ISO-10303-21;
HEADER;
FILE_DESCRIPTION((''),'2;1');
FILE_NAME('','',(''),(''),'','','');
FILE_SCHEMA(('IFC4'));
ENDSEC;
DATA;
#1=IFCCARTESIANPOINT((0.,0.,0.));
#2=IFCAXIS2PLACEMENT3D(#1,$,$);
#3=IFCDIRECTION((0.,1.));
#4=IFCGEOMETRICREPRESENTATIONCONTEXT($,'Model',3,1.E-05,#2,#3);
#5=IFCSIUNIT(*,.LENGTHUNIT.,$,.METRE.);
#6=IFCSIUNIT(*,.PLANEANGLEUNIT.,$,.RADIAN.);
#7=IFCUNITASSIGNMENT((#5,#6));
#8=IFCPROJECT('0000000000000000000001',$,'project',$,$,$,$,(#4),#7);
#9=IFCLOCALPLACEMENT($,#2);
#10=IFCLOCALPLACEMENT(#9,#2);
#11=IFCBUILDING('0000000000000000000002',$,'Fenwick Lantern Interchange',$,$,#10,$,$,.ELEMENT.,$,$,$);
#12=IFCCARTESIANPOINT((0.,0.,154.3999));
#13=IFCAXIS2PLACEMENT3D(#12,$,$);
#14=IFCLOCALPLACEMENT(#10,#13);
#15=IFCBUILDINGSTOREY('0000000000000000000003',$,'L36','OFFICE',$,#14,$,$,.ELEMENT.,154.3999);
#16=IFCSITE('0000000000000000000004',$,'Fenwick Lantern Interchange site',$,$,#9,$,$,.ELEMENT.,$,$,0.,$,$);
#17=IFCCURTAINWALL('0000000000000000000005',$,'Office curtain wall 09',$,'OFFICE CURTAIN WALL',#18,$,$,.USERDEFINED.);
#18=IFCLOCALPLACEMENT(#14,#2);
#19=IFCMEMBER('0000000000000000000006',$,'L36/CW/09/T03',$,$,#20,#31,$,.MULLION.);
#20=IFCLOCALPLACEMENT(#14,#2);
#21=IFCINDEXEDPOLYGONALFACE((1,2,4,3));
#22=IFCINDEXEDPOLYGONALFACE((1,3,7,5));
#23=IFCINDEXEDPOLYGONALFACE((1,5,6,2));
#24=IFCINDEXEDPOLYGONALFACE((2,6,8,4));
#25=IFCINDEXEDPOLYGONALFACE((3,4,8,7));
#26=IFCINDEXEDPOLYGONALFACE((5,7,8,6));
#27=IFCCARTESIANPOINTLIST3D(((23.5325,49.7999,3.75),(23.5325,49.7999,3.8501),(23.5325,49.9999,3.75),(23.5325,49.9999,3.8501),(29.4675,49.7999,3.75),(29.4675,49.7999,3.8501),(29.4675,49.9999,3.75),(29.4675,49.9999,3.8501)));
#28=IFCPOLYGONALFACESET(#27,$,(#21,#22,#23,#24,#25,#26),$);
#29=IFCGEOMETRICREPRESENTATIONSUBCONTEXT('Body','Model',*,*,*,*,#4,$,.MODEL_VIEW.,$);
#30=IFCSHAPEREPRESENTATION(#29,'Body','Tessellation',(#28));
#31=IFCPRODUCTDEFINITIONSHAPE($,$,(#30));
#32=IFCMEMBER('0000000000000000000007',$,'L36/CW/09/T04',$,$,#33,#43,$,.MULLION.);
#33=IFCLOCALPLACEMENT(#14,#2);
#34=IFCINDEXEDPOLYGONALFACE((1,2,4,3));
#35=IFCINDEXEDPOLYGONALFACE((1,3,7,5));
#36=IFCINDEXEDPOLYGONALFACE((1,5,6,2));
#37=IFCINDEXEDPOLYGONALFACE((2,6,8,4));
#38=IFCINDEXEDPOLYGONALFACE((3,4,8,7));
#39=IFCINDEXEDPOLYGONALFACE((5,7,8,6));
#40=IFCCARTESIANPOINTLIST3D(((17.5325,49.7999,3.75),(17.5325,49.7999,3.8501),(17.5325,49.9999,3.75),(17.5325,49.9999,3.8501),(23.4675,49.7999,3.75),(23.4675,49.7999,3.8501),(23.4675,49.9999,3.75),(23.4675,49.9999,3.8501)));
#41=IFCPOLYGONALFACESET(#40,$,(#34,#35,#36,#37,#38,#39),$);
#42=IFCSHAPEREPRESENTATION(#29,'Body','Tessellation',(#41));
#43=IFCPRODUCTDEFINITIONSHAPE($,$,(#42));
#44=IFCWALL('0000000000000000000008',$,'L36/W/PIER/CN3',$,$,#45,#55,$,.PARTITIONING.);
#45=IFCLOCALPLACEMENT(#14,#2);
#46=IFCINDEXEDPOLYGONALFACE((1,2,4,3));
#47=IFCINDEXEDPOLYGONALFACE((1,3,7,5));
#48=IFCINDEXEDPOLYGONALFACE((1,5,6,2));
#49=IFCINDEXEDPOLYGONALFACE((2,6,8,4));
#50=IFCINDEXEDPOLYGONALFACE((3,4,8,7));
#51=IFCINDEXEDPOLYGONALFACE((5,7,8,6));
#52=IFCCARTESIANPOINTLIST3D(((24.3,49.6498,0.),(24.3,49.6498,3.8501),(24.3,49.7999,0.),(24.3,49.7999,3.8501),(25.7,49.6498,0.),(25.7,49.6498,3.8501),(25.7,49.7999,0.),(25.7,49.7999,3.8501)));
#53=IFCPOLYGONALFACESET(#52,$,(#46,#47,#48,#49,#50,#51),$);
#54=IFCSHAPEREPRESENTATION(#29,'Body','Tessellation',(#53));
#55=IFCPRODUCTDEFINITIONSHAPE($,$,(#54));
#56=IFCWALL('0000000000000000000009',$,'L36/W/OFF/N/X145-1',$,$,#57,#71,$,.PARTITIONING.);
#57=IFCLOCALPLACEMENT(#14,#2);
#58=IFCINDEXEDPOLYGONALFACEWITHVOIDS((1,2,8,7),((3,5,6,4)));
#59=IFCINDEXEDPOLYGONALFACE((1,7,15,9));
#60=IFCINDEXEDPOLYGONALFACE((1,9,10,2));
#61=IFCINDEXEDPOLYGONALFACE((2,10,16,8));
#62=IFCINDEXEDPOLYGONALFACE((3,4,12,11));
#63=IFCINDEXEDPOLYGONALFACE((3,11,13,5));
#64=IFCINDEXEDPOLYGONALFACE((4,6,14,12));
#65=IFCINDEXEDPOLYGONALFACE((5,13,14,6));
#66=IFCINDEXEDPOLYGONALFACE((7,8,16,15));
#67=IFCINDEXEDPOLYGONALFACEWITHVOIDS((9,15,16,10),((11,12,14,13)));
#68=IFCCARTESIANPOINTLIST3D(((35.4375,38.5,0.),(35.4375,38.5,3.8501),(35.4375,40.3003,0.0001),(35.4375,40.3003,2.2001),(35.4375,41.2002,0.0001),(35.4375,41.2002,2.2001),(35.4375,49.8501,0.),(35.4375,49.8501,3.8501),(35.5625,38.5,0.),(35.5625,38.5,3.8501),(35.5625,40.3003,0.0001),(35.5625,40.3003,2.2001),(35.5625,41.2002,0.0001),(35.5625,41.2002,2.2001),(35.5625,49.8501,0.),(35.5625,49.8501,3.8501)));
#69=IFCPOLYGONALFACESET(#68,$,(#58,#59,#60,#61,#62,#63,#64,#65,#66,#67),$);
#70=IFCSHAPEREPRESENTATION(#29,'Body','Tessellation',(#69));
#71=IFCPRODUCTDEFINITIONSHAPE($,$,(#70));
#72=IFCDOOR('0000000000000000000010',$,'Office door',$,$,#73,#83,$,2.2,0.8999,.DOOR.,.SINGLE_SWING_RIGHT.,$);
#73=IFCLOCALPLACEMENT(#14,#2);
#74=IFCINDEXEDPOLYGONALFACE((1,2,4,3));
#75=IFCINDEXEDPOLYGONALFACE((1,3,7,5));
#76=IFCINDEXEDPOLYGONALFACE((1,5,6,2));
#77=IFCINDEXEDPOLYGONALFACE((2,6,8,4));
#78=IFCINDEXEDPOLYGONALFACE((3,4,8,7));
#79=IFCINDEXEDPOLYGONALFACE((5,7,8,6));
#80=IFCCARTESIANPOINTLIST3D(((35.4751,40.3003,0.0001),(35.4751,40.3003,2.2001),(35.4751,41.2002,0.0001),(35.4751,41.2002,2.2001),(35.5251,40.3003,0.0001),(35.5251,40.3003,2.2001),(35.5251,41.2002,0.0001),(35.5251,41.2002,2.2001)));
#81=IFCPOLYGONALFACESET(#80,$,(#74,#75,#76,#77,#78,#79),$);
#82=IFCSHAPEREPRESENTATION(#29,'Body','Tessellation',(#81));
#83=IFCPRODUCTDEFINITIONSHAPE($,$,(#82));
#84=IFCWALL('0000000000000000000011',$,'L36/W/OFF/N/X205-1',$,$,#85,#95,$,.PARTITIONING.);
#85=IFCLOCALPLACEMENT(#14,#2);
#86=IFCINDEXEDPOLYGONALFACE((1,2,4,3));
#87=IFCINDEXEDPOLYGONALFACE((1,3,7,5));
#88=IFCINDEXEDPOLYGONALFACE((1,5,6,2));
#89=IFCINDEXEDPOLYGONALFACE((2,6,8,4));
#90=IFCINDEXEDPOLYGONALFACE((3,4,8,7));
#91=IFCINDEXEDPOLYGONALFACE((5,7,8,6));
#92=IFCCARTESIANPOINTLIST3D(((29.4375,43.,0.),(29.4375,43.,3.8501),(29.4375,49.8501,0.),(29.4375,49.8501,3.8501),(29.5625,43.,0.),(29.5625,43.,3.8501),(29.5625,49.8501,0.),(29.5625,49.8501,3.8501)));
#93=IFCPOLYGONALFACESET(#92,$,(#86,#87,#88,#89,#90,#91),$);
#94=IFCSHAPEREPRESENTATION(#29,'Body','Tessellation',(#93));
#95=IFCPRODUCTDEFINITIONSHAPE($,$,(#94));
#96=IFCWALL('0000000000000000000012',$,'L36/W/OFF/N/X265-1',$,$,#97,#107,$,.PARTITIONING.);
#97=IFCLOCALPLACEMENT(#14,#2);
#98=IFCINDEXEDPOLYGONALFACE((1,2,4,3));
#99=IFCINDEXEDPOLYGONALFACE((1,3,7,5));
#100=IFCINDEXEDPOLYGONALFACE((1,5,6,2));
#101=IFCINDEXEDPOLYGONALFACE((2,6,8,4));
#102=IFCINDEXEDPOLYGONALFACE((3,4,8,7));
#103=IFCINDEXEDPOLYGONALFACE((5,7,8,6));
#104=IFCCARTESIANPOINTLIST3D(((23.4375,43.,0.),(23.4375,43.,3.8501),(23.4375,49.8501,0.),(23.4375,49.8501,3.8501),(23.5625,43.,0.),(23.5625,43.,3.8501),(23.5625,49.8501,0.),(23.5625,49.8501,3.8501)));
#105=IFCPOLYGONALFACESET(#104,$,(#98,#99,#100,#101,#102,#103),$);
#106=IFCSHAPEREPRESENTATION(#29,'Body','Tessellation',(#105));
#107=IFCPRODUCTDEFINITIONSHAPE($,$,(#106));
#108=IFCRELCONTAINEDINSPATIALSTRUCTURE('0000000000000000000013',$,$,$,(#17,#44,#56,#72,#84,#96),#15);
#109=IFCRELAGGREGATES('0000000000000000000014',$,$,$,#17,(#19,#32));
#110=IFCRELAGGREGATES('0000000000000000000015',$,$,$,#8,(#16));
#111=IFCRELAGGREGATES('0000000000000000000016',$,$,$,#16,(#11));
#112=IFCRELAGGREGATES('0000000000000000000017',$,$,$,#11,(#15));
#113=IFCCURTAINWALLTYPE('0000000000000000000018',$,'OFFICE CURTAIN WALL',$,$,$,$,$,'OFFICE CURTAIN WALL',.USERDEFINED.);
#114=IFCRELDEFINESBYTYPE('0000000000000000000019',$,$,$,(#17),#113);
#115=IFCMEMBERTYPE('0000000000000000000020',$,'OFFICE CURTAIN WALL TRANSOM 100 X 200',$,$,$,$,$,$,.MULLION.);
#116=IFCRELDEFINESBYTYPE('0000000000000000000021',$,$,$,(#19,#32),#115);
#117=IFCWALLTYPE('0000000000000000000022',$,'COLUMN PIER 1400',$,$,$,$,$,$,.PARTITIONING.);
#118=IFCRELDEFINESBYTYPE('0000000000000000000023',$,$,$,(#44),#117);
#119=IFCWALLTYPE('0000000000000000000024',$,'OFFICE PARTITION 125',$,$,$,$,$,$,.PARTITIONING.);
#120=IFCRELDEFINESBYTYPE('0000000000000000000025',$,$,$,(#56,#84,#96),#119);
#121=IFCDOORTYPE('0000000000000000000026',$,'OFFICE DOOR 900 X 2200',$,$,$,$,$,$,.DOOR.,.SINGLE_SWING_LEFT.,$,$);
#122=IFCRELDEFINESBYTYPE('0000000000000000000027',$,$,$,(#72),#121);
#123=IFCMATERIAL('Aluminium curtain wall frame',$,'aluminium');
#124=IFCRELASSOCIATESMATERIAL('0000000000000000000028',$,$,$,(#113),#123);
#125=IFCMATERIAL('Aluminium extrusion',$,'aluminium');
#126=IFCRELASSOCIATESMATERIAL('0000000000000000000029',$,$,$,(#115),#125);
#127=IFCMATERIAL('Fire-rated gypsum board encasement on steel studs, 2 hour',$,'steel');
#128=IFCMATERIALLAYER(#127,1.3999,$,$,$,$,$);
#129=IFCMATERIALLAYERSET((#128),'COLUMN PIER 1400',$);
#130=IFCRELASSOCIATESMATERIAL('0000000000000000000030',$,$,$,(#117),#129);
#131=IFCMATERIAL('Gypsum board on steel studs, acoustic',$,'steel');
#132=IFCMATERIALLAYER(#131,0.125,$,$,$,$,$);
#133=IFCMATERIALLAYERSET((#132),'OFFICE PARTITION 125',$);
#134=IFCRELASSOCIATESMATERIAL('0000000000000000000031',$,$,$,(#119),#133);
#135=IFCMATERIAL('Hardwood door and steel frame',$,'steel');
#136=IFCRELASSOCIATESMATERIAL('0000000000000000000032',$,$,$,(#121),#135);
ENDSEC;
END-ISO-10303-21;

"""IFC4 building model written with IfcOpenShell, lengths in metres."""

from ifc_helpers import new_model, si_unit, direction, frame, frame_2d, origin, origin_2d, place, context, subcontext, project, spatial, rectangle, extrude, material, layer, layer_set, material_profile, profile_set, type_object, element, fill, aggregate, save


model = new_model("IFC4")

# Units and contexts
model_context = context("Model", 3, precision=1e-05, world=origin(), true_north=direction((0.0, 1.0)))
body_context = subcontext(model_context, "Body", "Model", "MODEL_VIEW")
ifc_project = project(units=[si_unit("LENGTHUNIT", "METRE"), si_unit("PLANEANGLEUNIT", "RADIAN")], contexts=[model_context])

# Site, building, storey
site_placement = place(None, origin())
site = spatial("IfcSite", under=ifc_project, at=site_placement, Name="Fenwick Lantern Interchange site", CompositionType="ELEMENT", RefElevation=0.0)
building_placement = place(site_placement, origin())
building = spatial("IfcBuilding", under=site, at=building_placement, Name="Fenwick Lantern Interchange", CompositionType="ELEMENT")
storey_placement = place(building_placement, frame((0.0, 0.0, 154.3999)))
storey = spatial("IfcBuildingStorey", under=building, at=storey_placement, Name="L36", Description="OFFICE", CompositionType="ELEMENT", Elevation=154.3999)

# Curtain wall, members
ifc_material_1 = material(Name="Aluminium curtain wall frame", Category="aluminium")
curtain_wall_type = type_object("IfcCurtainWallType", Name="OFFICE CURTAIN WALL", ElementType="OFFICE CURTAIN WALL", PredefinedType="USERDEFINED", material=ifc_material_1)
curtain_wall_placement = place(storey_placement, origin())
curtain_wall = element("IfcCurtainWall", 1, at=curtain_wall_placement, inside=storey, type_object=curtain_wall_type, Name="Office curtain wall 09", ObjectType="OFFICE CURTAIN WALL", PredefinedType="USERDEFINED")
ifc_material_2 = material(Name="Aluminium extrusion", Category="aluminium")
ifc_material_profile_1 = material_profile(ifc_material_2, rectangle(XDim=0.2, YDim=0.1001, at=origin_2d()), Name="OFFICE CURTAIN WALL TRANSOM 100 X 200")
ifc_profile_set_1 = profile_set([ifc_material_profile_1], Name="Aluminium extrusion")
member_type_1 = type_object("IfcMemberType", Name="OFFICE CURTAIN WALL TRANSOM 100 X 200", PredefinedType="MULLION", material=ifc_profile_set_1)
member_1_placement = place(storey_placement, frame((29.4675, 49.8999, 3.8), z_axis=(-1.0, 0.0, 0.0), x_axis=(0.0, -1.0, 0.0)))
member_1 = element("IfcMember", 2, at=member_1_placement, type_object=member_type_1, Name="L36/CW/09/T03", PredefinedType="MULLION", context=body_context, shape_type="SweptSolid", body=[
    extrude(rectangle(XDim=0.2, YDim=0.1001, at=origin_2d()), origin(), (0.0, 0.0, 1.0), 5.9351),
])
member_2_placement = place(storey_placement, frame((23.4675, 49.8999, 3.8), z_axis=(-1.0, 0.0, 0.0), x_axis=(0.0, -1.0, 0.0)))
member_2 = element("IfcMember", 3, at=member_2_placement, type_object=member_type_1, Name="L36/CW/09/T04", PredefinedType="MULLION", context=body_context, shape_type="SweptSolid", body=[
    extrude(rectangle(XDim=0.2, YDim=0.1001, at=origin_2d()), origin(), (0.0, 0.0, 1.0), 5.9351),
])
aggregate(curtain_wall, [member_1, member_2])

# Wall
ifc_material_3 = material(Name="Fire-rated gypsum board encasement on steel studs, 2 hour", Category="steel")
ifc_layer_1 = layer(ifc_material_3, 1.3999)
ifc_layer_set_1 = layer_set([ifc_layer_1], Name="COLUMN PIER 1400")
wall_type_1 = type_object("IfcWallType", Name="COLUMN PIER 1400", PredefinedType="PARTITIONING", material=ifc_layer_set_1)
wall_1_placement = place(storey_placement, frame((25.0, 49.8, 0.0), z_axis=(0.0, 0.0, 1.0), x_axis=(0.0, -1.0, 0.0)))
element("IfcWall", 4, at=wall_1_placement, inside=storey, type_object=wall_type_1, Name="L36/W/PIER/CN3", PredefinedType="PARTITIONING", context=body_context, shape_type="SweptSolid", body=[
    extrude(rectangle(XDim=0.1501, YDim=1.3999, at=frame_2d((0.0752, 0.0))), origin(), (0.0, 0.0, 1.0), 3.8501),
])

# Wall, opening, door
ifc_material_4 = material(Name="Gypsum board on steel studs, acoustic", Category="steel")
ifc_layer_2 = layer(ifc_material_4, 0.125)
ifc_layer_set_2 = layer_set([ifc_layer_2], Name="OFFICE PARTITION 125")
wall_type_2 = type_object("IfcWallType", Name="OFFICE PARTITION 125", PredefinedType="PARTITIONING", material=ifc_layer_set_2)
wall_2_placement = place(storey_placement, frame((35.5, 49.8501, 0.0), z_axis=(0.0, 0.0, 1.0), x_axis=(0.0, -1.0, 0.0)))
wall_2 = element("IfcWall", 5, at=wall_2_placement, inside=storey, type_object=wall_type_2, Name="L36/W/OFF/N/X145-1", PredefinedType="PARTITIONING", context=body_context, shape_type="SweptSolid", body=[
    extrude(rectangle(XDim=11.3501, YDim=0.125, at=frame_2d((5.675, 0.0))), origin(), (0.0, 0.0, 1.0), 3.8501),
])
opening_1_placement = place(wall_2_placement, frame((8.6499, 0.0, 0.0)))
opening_1 = element("IfcOpeningElement", 6, at=opening_1_placement, cuts=wall_2, PredefinedType="OPENING", context=body_context, shape_type="SweptSolid", body=[
    extrude(rectangle(XDim=0.8999, YDim=2.2, at=frame_2d((0.45, 1.1001))), frame((0.0, 0.0725, 0.0), z_axis=(0.0, -1.0, 0.0), x_axis=(1.0, 0.0, 0.0)), (0.0, 0.0, 1.0), 0.145),
])
ifc_material_5 = material(Name="Hardwood door and steel frame", Category="steel")
door_type = type_object("IfcDoorType", Name="OFFICE DOOR 900 X 2200", OperationType="SINGLE_SWING_LEFT", PredefinedType="DOOR", material=ifc_material_5)
door_1_placement = place(opening_1_placement, frame((0.8999, 0.0, 0.0), z_axis=(0.0, 0.0, 1.0), x_axis=(-1.0, 0.0, 0.0)))
door_1 = element("IfcDoor", 7, at=door_1_placement, inside=storey, type_object=door_type, Name="Office door", OperationType="SINGLE_SWING_RIGHT", OverallHeight=2.2, OverallWidth=0.8999, PredefinedType="DOOR", context=body_context, shape_type="SweptSolid", body=[
    extrude(rectangle(XDim=0.8999, YDim=2.2, at=frame_2d((0.45, 1.1001))), frame((0.0, 0.0249, 0.0), z_axis=(0.0, -1.0, 0.0), x_axis=(1.0, 0.0, 0.0)), (0.0, 0.0, 1.0), 0.05),
])
fill(opening_1, door_1)

# Walls
for number, where, z_axis, x_axis, name in (
    (8, (29.5, 49.8501, 0.0), (0.0, 0.0, 1.0), (0.0, -1.0, 0.0), "L36/W/OFF/N/X205-1"),
    (9, (23.5, 49.8501, 0.0), (0.0, 0.0, 1.0), (0.0, -1.0, 0.0), "L36/W/OFF/N/X265-1"),
):
    element("IfcWall", number, at=place(storey_placement, frame(where, z_axis=z_axis, x_axis=x_axis)), inside=storey, type_object=wall_type_2, Name=name, PredefinedType="PARTITIONING", context=body_context, shape_type="SweptSolid", body=[
        extrude(rectangle(XDim=6.8501, YDim=0.125, at=frame_2d((3.425, 0.0))), origin(), (0.0, 0.0, 1.0), 3.8501),
    ])

save(model, "model.ifc")
